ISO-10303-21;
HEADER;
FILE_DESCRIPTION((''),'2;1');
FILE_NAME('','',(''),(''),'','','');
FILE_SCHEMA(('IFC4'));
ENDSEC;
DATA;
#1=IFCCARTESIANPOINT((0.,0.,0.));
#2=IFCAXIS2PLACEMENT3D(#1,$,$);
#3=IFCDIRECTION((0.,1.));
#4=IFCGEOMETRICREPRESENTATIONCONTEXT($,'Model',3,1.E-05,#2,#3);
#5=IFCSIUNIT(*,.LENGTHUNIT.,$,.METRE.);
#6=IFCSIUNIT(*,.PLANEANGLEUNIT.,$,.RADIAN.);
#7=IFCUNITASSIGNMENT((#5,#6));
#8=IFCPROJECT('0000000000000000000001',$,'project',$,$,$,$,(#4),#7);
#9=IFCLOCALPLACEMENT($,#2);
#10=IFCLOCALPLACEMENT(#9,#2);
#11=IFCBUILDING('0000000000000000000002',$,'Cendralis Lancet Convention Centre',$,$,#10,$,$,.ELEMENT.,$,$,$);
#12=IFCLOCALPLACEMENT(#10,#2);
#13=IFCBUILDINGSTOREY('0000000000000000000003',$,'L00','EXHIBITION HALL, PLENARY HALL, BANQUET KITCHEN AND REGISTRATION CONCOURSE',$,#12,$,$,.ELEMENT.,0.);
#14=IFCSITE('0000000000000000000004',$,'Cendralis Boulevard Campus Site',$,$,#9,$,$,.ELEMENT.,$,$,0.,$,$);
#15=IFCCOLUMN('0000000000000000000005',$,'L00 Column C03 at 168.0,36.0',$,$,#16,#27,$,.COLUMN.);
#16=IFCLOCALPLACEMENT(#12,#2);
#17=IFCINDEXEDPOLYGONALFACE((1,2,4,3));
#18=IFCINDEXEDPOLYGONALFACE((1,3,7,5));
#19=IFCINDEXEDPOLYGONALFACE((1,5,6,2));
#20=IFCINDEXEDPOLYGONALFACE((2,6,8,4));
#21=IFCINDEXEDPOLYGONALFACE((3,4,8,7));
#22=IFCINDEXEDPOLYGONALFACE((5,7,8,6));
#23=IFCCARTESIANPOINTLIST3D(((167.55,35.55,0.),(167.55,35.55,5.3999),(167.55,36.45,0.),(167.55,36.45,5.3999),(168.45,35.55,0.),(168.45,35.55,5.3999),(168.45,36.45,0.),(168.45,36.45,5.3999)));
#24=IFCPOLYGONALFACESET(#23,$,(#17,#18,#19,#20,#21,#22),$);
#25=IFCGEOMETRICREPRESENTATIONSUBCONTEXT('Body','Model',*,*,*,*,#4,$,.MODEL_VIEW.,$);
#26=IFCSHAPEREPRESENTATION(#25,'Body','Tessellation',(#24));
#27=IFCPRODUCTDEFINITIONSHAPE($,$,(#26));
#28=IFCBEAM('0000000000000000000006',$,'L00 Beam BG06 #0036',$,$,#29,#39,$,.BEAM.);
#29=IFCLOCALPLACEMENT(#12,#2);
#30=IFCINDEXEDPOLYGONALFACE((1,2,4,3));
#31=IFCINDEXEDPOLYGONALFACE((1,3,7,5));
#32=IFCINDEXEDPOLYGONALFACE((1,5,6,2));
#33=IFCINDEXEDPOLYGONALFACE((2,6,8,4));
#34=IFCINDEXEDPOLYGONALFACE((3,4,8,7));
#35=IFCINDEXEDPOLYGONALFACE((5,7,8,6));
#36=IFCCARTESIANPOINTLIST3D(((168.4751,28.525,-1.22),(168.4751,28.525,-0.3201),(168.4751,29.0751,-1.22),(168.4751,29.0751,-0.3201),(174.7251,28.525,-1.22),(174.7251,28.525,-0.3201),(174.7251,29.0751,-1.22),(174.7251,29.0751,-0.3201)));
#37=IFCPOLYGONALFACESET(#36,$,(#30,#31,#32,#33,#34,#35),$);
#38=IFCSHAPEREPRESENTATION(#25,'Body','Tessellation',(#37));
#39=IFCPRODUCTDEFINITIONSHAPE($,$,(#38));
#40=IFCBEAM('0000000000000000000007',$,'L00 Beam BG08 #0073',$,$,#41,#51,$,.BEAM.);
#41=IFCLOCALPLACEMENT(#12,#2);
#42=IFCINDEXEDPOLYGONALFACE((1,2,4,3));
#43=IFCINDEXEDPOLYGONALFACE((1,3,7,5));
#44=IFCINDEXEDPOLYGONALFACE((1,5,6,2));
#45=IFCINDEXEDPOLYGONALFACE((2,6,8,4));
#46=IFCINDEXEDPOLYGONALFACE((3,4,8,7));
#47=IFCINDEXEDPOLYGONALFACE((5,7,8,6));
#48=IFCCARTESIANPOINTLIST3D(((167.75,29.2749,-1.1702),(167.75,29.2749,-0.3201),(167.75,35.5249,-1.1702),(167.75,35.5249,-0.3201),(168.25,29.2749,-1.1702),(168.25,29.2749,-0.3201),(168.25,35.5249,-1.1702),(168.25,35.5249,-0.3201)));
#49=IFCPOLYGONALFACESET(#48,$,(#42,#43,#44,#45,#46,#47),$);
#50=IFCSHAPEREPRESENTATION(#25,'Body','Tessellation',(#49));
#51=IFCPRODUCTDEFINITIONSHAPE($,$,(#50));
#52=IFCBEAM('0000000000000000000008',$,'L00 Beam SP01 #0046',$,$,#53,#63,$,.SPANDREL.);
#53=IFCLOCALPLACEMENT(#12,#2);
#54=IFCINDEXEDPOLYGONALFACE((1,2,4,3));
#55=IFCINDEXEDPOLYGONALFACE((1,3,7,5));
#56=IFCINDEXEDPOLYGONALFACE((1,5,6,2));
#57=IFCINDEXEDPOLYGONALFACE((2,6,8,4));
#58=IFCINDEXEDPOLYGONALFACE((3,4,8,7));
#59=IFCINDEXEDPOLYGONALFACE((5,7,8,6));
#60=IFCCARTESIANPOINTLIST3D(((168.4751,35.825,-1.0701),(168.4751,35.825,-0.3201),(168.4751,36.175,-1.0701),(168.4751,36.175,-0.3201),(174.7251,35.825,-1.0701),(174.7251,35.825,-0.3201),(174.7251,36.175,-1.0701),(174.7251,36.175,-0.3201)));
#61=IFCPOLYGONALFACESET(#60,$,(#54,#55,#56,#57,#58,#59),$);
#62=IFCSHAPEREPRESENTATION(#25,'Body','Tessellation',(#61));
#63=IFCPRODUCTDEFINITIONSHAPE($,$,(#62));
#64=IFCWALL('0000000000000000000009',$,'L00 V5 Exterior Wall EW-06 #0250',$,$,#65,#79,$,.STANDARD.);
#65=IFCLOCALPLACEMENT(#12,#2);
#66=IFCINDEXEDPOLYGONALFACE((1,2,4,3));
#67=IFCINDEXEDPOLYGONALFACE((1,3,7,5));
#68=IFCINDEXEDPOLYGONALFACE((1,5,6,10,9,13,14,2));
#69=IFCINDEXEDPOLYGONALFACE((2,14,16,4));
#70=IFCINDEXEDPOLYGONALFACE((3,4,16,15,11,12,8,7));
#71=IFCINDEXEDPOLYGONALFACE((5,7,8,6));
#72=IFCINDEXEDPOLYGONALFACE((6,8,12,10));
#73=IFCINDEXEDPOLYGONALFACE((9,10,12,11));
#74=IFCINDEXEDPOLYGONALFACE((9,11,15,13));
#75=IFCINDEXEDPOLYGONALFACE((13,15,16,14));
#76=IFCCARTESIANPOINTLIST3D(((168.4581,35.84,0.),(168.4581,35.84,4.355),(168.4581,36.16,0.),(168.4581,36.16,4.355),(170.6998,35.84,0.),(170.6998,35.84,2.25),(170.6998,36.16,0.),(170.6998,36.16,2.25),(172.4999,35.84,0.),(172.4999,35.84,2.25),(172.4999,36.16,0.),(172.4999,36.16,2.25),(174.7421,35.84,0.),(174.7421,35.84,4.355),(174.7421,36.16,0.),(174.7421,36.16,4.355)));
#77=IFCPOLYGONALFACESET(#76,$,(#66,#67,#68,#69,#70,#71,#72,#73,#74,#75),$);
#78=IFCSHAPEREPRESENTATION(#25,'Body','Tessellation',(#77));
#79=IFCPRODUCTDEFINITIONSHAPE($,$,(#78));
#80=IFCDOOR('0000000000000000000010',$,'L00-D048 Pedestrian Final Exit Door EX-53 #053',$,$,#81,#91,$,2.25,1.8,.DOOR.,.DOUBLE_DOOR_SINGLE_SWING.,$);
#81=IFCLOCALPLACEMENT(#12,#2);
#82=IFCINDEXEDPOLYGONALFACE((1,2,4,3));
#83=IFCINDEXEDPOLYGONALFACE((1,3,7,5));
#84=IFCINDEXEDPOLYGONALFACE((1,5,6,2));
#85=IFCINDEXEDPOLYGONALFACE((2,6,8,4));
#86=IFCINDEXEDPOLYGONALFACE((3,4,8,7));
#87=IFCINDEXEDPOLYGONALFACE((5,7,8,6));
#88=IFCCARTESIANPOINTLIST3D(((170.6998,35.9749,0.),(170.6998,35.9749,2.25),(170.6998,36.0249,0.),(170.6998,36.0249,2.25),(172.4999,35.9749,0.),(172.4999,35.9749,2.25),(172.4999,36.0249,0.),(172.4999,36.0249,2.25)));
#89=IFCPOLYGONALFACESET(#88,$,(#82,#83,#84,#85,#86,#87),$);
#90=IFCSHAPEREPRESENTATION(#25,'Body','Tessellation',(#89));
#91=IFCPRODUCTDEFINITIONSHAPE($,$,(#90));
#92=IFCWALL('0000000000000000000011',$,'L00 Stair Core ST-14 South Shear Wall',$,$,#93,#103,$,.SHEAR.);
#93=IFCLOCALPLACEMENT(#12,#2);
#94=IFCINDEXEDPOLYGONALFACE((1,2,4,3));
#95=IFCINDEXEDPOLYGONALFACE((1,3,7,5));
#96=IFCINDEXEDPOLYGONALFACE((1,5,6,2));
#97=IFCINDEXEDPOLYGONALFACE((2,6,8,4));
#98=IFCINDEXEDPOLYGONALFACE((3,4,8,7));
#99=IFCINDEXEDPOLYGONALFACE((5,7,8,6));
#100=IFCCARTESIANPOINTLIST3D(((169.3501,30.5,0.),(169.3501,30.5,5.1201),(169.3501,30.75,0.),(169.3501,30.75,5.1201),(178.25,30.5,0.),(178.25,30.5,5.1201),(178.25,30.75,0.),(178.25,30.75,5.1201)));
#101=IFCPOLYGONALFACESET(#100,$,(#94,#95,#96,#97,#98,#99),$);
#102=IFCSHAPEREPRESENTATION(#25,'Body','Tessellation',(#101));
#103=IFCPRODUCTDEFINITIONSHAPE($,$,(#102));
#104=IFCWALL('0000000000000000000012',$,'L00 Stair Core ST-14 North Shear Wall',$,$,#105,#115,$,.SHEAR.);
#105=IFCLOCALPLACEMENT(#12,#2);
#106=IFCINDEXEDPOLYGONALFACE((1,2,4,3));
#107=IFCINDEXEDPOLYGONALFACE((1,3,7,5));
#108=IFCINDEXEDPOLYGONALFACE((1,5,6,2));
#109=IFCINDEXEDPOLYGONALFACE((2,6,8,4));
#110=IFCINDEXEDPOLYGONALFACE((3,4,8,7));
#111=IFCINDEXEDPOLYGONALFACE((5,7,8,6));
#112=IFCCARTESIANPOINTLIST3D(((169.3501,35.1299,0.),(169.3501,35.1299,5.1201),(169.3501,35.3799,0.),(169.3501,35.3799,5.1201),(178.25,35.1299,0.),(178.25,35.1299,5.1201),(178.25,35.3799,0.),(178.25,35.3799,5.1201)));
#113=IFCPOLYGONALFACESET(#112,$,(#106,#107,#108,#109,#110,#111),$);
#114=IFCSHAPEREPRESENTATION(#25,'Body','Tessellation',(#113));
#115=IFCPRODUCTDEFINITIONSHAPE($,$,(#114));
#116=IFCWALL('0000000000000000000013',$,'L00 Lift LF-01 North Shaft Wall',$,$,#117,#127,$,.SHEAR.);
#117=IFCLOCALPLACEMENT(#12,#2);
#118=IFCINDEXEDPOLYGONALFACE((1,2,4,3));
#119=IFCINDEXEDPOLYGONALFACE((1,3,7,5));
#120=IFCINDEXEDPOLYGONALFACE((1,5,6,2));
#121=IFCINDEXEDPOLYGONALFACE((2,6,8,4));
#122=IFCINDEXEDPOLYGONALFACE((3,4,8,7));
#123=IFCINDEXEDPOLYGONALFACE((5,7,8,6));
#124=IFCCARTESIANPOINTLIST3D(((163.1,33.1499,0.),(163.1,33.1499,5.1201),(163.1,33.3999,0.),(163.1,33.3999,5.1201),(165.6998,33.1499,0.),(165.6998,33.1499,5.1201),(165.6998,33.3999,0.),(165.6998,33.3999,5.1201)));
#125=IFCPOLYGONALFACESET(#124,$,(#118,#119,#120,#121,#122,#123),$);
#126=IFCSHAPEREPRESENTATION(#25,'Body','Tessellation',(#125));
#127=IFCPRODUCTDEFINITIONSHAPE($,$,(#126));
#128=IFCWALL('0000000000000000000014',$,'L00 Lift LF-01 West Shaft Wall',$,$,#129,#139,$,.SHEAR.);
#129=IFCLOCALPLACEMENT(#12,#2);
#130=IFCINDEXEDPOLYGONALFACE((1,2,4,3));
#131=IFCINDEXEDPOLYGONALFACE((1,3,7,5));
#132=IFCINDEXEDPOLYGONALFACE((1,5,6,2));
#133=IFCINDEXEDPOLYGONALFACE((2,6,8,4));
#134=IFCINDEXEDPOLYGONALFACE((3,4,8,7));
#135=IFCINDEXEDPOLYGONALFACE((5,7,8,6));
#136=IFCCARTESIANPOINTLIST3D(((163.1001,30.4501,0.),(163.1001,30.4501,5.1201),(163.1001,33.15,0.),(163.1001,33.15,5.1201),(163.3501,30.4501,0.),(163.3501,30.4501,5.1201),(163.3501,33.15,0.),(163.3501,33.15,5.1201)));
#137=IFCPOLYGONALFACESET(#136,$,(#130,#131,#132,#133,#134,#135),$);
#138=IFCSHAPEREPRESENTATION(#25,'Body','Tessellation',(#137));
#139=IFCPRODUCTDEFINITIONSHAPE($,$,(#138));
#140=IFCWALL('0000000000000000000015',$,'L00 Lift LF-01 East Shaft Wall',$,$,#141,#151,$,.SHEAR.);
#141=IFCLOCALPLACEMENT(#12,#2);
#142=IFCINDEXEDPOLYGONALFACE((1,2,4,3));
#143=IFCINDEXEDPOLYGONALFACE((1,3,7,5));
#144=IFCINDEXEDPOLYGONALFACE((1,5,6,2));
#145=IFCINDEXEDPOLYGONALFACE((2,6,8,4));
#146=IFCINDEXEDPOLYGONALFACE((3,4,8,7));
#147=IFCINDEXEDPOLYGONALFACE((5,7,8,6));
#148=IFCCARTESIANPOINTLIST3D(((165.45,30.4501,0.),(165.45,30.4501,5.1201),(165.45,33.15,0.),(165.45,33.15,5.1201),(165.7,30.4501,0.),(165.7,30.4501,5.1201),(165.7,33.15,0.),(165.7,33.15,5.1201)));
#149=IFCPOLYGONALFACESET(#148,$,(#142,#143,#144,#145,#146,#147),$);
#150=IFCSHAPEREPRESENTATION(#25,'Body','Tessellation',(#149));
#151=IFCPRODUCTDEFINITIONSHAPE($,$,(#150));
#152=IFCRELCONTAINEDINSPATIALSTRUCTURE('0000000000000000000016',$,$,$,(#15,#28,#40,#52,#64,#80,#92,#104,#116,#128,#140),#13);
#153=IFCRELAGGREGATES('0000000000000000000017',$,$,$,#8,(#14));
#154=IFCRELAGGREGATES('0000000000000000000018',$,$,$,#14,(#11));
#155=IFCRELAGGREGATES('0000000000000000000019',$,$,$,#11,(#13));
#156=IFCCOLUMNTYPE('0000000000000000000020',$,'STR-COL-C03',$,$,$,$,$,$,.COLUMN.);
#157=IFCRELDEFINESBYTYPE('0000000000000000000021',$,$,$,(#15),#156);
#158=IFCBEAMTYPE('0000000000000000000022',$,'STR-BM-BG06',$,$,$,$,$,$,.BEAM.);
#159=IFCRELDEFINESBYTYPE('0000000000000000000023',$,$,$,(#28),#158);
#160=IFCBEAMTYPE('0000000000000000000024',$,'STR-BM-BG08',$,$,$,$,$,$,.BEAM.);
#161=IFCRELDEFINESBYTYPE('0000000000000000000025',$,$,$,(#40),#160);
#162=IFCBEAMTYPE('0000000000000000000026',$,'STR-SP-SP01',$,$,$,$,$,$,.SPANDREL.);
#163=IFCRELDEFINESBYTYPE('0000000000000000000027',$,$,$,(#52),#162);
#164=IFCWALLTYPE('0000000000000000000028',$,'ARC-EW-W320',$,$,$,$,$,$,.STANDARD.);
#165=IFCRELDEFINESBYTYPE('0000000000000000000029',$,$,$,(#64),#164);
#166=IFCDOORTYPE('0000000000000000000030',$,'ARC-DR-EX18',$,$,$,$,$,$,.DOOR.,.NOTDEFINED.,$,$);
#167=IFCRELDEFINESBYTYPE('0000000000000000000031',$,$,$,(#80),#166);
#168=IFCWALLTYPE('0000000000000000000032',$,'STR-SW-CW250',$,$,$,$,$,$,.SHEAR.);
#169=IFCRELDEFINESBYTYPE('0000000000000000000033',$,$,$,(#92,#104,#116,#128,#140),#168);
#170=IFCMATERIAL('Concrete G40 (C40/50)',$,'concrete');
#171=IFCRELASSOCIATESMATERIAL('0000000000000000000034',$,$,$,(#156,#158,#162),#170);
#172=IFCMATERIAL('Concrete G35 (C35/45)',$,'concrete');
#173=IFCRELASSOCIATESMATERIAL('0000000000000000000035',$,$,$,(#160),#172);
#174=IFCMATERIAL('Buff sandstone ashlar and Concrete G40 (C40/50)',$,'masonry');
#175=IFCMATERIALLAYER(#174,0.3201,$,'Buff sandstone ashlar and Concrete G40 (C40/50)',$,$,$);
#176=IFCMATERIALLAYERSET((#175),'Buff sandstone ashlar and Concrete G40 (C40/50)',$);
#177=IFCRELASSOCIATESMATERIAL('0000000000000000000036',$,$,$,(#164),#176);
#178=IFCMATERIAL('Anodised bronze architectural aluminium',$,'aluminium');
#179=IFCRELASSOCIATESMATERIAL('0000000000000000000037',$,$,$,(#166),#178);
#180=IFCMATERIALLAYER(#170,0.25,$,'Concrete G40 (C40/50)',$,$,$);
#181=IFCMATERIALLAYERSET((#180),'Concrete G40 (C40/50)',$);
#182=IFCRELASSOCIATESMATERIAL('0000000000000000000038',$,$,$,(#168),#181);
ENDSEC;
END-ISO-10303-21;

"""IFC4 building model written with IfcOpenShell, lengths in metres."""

from ifc_helpers import new_model, si_unit, direction, frame, frame_2d, origin, origin_2d, place, context, subcontext, project, spatial, rectangle, extrude, material, layer, layer_set, material_profile, profile_set, type_object, element, fill, save


model = new_model("IFC4")

# Units and contexts
model_context = context("Model", 3, precision=1e-05, world=origin(), true_north=direction((0.0, 1.0)))
body_context = subcontext(model_context, "Body", "Model", "MODEL_VIEW")
ifc_project = project(units=[si_unit("LENGTHUNIT", "METRE"), si_unit("PLANEANGLEUNIT", "RADIAN")], contexts=[model_context])

# Site, building, storey
site_placement = place(None, origin())
site = spatial("IfcSite", under=ifc_project, at=site_placement, Name="Cendralis Boulevard Campus Site", CompositionType="ELEMENT", RefElevation=0.0)
building_placement = place(site_placement, origin())
building = spatial("IfcBuilding", under=site, at=building_placement, Name="Cendralis Lancet Convention Centre", CompositionType="ELEMENT")
storey_placement = place(building_placement, origin())
storey = spatial("IfcBuildingStorey", under=building, at=storey_placement, Name="L00", Description="EXHIBITION HALL, PLENARY HALL, BANQUET KITCHEN AND REGISTRATION CONCOURSE", CompositionType="ELEMENT", Elevation=0.0)

# Column
ifc_material_1 = material(Name="Concrete G40 (C40/50)", Category="concrete")
ifc_material_profile_1 = material_profile(ifc_material_1, rectangle(XDim=0.8999, YDim=0.8999, at=origin_2d()), Name="RC 900x900")
ifc_profile_set_1 = profile_set([ifc_material_profile_1], Name="Concrete G40 (C40/50)")
column_type = type_object("IfcColumnType", Name="STR-COL-C03", PredefinedType="COLUMN", material=ifc_profile_set_1)
column_placement = place(storey_placement, frame((168.0, 36.0, 0.0), z_axis=(0.0, 0.0, 1.0), x_axis=(1.0, 0.0, 0.0)))
element("IfcColumn", 1, at=column_placement, inside=storey, type_object=column_type, Name="L00 Column C03 at 168.0,36.0", PredefinedType="COLUMN", context=body_context, shape_type="SweptSolid", body=[
    extrude(rectangle(XDim=0.8999, YDim=0.8999, at=origin_2d()), origin(), (0.0, 0.0, 1.0), 5.3999),
])

# Beams
ifc_material_profile_2 = material_profile(ifc_material_1, rectangle(XDim=0.55, YDim=0.8999, at=origin_2d()), Name="RCB 550x900")
ifc_profile_set_2 = profile_set([ifc_material_profile_2], Name="Concrete G40 (C40/50)")
beam_type_1 = type_object("IfcBeamType", Name="STR-BM-BG06", PredefinedType="BEAM", material=ifc_profile_set_2)
beam_1_placement = place(storey_placement, frame((168.4751, 28.8, -0.77), z_axis=(1.0, 0.0, 0.0), x_axis=(0.0, 1.0, 0.0)))
element("IfcBeam", 2, at=beam_1_placement, inside=storey, type_object=beam_type_1, Name="L00 Beam BG06 #0036", PredefinedType="BEAM", context=body_context, shape_type="SweptSolid", body=[
    extrude(rectangle(XDim=0.55, YDim=0.8999, at=origin_2d()), origin(), (0.0, 0.0, 1.0), 6.25),
])
ifc_material_2 = material(Name="Concrete G35 (C35/45)", Category="concrete")
ifc_material_profile_3 = material_profile(ifc_material_2, rectangle(XDim=0.5, YDim=0.8501, at=origin_2d()), Name="RCB 500x850")
ifc_profile_set_3 = profile_set([ifc_material_profile_3], Name="Concrete G35 (C35/45)")
beam_type_2 = type_object("IfcBeamType", Name="STR-BM-BG08", PredefinedType="BEAM", material=ifc_profile_set_3)
beam_2_placement = place(storey_placement, frame((168.0, 29.2749, -0.7451), z_axis=(0.0, 1.0, 0.0), x_axis=(-1.0, 0.0, 0.0)))
element("IfcBeam", 3, at=beam_2_placement, inside=storey, type_object=beam_type_2, Name="L00 Beam BG08 #0073", PredefinedType="BEAM", context=body_context, shape_type="SweptSolid", body=[
    extrude(rectangle(XDim=0.5, YDim=0.8501, at=origin_2d()), origin(), (0.0, 0.0, 1.0), 6.25),
])
ifc_material_profile_4 = material_profile(ifc_material_1, rectangle(XDim=0.3501, YDim=0.75, at=origin_2d()), Name="RCB 350x750")
ifc_profile_set_4 = profile_set([ifc_material_profile_4], Name="Concrete G40 (C40/50)")
beam_type_3 = type_object("IfcBeamType", Name="STR-SP-SP01", PredefinedType="SPANDREL", material=ifc_profile_set_4)
beam_3_placement = place(storey_placement, frame((168.4751, 36.0, -0.6951), z_axis=(1.0, 0.0, 0.0), x_axis=(0.0, 1.0, 0.0)))
element("IfcBeam", 4, at=beam_3_placement, inside=storey, type_object=beam_type_3, Name="L00 Beam SP01 #0046", PredefinedType="SPANDREL", context=body_context, shape_type="SweptSolid", body=[
    extrude(rectangle(XDim=0.3501, YDim=0.75, at=origin_2d()), origin(), (0.0, 0.0, 1.0), 6.25),
])

# Wall, opening, door
ifc_material_3 = material(Name="Buff sandstone ashlar and Concrete G40 (C40/50)", Category="masonry")
ifc_layer_1 = layer(ifc_material_3, 0.3201, Name="Buff sandstone ashlar and Concrete G40 (C40/50)")
ifc_layer_set_1 = layer_set([ifc_layer_1], Name="Buff sandstone ashlar and Concrete G40 (C40/50)")
wall_type_1 = type_object("IfcWallType", Name="ARC-EW-W320", PredefinedType="STANDARD", material=ifc_layer_set_1)
wall_1_placement = place(storey_placement, frame((168.458, 36.0, 0.0), z_axis=(0.0, 0.0, 1.0), x_axis=(1.0, 0.0, 0.0)))
wall_1 = element("IfcWall", 5, at=wall_1_placement, inside=storey, type_object=wall_type_1, Name="L00 V5 Exterior Wall EW-06 #0250", PredefinedType="STANDARD", context=body_context, shape_type="SweptSolid", body=[
    extrude(rectangle(XDim=6.2839, YDim=0.3201, at=frame_2d((3.1421, 0.0))), origin(), (0.0, 0.0, 1.0), 4.355),
])
opening_1_placement = place(wall_1_placement, frame((2.2419, 0.0, 0.0)))
opening_1 = element("IfcOpeningElement", 6, at=opening_1_placement, cuts=wall_1, PredefinedType="OPENING", context=body_context, shape_type="SweptSolid", body=[
    extrude(rectangle(XDim=1.8, YDim=2.25, at=frame_2d((0.8999, 1.125))), frame((0.0, 0.1699, 0.0), z_axis=(0.0, -1.0, 0.0), x_axis=(1.0, 0.0, 0.0)), (0.0, 0.0, 1.0), 0.3401),
])
ifc_material_4 = material(Name="Anodised bronze architectural aluminium", Category="aluminium")
door_type_1 = type_object("IfcDoorType", Name="ARC-DR-EX18", OperationType="NOTDEFINED", PredefinedType="DOOR", material=ifc_material_4)
door_1_placement = place(opening_1_placement, origin())
door_1 = element("IfcDoor", 7, at=door_1_placement, inside=storey, type_object=door_type_1, Name="L00-D048 Pedestrian Final Exit Door EX-53 #053", OperationType="DOUBLE_DOOR_SINGLE_SWING", OverallHeight=2.25, OverallWidth=1.8, PredefinedType="DOOR", context=body_context, shape_type="SweptSolid", body=[
    extrude(rectangle(XDim=1.8, YDim=2.25, at=frame_2d((0.8999, 1.125))), frame((0.0, 0.0249, 0.0), z_axis=(0.0, -1.0, 0.0), x_axis=(1.0, 0.0, 0.0)), (0.0, 0.0, 1.0), 0.05),
])
fill(opening_1, door_1)
ifc_layer_2 = layer(ifc_material_1, 0.25, Name="Concrete G40 (C40/50)")
ifc_layer_set_2 = layer_set([ifc_layer_2], Name="Concrete G40 (C40/50)")
wall_type_2 = type_object("IfcWallType", Name="STR-SW-CW250", PredefinedType="SHEAR", material=ifc_layer_set_2)

# Walls
for number, where, z_axis, x_axis, name in (
    (8, (169.3501, 30.625, 0.0), (0.0, 0.0, 1.0), (1.0, 0.0, 0.0), "L00 Stair Core ST-14 South Shear Wall"),
    (9, (169.3501, 35.2549, 0.0), (0.0, 0.0, 1.0), (1.0, 0.0, 0.0), "L00 Stair Core ST-14 North Shear Wall"),
):
    element("IfcWall", number, at=place(storey_placement, frame(where, z_axis=z_axis, x_axis=x_axis)), inside=storey, type_object=wall_type_2, Name=name, PredefinedType="SHEAR", context=body_context, shape_type="SweptSolid", body=[
        extrude(rectangle(XDim=8.8999, YDim=0.25, at=frame_2d((4.45, 0.0))), origin(), (0.0, 0.0, 1.0), 5.1201),
    ])

# Walls
wall_2_placement = place(storey_placement, frame((163.1001, 33.2749, 0.0), z_axis=(0.0, 0.0, 1.0), x_axis=(1.0, 0.0, 0.0)))
element("IfcWall", 10, at=wall_2_placement, inside=storey, type_object=wall_type_2, Name="L00 Lift LF-01 North Shaft Wall", PredefinedType="SHEAR", context=body_context, shape_type="SweptSolid", body=[
    extrude(rectangle(XDim=2.5999, YDim=0.25, at=frame_2d((1.2998, 0.0))), origin(), (0.0, 0.0, 1.0), 5.1201),
])
for number, where, z_axis, x_axis, name in (
    (11, (163.2251, 30.45, 0.0), (0.0, 0.0, 1.0), (0.0, 1.0, 0.0), "L00 Lift LF-01 West Shaft Wall"),
    (12, (165.575, 30.45, 0.0), (0.0, 0.0, 1.0), (0.0, 1.0, 0.0), "L00 Lift LF-01 East Shaft Wall"),
):
    element("IfcWall", number, at=place(storey_placement, frame(where, z_axis=z_axis, x_axis=x_axis)), inside=storey, type_object=wall_type_2, Name=name, PredefinedType="SHEAR", context=body_context, shape_type="SweptSolid", body=[
        extrude(rectangle(XDim=2.7, YDim=0.25, at=frame_2d((1.3501, 0.0))), origin(), (0.0, 0.0, 1.0), 5.1201),
    ])

save(model, "model.ifc")
